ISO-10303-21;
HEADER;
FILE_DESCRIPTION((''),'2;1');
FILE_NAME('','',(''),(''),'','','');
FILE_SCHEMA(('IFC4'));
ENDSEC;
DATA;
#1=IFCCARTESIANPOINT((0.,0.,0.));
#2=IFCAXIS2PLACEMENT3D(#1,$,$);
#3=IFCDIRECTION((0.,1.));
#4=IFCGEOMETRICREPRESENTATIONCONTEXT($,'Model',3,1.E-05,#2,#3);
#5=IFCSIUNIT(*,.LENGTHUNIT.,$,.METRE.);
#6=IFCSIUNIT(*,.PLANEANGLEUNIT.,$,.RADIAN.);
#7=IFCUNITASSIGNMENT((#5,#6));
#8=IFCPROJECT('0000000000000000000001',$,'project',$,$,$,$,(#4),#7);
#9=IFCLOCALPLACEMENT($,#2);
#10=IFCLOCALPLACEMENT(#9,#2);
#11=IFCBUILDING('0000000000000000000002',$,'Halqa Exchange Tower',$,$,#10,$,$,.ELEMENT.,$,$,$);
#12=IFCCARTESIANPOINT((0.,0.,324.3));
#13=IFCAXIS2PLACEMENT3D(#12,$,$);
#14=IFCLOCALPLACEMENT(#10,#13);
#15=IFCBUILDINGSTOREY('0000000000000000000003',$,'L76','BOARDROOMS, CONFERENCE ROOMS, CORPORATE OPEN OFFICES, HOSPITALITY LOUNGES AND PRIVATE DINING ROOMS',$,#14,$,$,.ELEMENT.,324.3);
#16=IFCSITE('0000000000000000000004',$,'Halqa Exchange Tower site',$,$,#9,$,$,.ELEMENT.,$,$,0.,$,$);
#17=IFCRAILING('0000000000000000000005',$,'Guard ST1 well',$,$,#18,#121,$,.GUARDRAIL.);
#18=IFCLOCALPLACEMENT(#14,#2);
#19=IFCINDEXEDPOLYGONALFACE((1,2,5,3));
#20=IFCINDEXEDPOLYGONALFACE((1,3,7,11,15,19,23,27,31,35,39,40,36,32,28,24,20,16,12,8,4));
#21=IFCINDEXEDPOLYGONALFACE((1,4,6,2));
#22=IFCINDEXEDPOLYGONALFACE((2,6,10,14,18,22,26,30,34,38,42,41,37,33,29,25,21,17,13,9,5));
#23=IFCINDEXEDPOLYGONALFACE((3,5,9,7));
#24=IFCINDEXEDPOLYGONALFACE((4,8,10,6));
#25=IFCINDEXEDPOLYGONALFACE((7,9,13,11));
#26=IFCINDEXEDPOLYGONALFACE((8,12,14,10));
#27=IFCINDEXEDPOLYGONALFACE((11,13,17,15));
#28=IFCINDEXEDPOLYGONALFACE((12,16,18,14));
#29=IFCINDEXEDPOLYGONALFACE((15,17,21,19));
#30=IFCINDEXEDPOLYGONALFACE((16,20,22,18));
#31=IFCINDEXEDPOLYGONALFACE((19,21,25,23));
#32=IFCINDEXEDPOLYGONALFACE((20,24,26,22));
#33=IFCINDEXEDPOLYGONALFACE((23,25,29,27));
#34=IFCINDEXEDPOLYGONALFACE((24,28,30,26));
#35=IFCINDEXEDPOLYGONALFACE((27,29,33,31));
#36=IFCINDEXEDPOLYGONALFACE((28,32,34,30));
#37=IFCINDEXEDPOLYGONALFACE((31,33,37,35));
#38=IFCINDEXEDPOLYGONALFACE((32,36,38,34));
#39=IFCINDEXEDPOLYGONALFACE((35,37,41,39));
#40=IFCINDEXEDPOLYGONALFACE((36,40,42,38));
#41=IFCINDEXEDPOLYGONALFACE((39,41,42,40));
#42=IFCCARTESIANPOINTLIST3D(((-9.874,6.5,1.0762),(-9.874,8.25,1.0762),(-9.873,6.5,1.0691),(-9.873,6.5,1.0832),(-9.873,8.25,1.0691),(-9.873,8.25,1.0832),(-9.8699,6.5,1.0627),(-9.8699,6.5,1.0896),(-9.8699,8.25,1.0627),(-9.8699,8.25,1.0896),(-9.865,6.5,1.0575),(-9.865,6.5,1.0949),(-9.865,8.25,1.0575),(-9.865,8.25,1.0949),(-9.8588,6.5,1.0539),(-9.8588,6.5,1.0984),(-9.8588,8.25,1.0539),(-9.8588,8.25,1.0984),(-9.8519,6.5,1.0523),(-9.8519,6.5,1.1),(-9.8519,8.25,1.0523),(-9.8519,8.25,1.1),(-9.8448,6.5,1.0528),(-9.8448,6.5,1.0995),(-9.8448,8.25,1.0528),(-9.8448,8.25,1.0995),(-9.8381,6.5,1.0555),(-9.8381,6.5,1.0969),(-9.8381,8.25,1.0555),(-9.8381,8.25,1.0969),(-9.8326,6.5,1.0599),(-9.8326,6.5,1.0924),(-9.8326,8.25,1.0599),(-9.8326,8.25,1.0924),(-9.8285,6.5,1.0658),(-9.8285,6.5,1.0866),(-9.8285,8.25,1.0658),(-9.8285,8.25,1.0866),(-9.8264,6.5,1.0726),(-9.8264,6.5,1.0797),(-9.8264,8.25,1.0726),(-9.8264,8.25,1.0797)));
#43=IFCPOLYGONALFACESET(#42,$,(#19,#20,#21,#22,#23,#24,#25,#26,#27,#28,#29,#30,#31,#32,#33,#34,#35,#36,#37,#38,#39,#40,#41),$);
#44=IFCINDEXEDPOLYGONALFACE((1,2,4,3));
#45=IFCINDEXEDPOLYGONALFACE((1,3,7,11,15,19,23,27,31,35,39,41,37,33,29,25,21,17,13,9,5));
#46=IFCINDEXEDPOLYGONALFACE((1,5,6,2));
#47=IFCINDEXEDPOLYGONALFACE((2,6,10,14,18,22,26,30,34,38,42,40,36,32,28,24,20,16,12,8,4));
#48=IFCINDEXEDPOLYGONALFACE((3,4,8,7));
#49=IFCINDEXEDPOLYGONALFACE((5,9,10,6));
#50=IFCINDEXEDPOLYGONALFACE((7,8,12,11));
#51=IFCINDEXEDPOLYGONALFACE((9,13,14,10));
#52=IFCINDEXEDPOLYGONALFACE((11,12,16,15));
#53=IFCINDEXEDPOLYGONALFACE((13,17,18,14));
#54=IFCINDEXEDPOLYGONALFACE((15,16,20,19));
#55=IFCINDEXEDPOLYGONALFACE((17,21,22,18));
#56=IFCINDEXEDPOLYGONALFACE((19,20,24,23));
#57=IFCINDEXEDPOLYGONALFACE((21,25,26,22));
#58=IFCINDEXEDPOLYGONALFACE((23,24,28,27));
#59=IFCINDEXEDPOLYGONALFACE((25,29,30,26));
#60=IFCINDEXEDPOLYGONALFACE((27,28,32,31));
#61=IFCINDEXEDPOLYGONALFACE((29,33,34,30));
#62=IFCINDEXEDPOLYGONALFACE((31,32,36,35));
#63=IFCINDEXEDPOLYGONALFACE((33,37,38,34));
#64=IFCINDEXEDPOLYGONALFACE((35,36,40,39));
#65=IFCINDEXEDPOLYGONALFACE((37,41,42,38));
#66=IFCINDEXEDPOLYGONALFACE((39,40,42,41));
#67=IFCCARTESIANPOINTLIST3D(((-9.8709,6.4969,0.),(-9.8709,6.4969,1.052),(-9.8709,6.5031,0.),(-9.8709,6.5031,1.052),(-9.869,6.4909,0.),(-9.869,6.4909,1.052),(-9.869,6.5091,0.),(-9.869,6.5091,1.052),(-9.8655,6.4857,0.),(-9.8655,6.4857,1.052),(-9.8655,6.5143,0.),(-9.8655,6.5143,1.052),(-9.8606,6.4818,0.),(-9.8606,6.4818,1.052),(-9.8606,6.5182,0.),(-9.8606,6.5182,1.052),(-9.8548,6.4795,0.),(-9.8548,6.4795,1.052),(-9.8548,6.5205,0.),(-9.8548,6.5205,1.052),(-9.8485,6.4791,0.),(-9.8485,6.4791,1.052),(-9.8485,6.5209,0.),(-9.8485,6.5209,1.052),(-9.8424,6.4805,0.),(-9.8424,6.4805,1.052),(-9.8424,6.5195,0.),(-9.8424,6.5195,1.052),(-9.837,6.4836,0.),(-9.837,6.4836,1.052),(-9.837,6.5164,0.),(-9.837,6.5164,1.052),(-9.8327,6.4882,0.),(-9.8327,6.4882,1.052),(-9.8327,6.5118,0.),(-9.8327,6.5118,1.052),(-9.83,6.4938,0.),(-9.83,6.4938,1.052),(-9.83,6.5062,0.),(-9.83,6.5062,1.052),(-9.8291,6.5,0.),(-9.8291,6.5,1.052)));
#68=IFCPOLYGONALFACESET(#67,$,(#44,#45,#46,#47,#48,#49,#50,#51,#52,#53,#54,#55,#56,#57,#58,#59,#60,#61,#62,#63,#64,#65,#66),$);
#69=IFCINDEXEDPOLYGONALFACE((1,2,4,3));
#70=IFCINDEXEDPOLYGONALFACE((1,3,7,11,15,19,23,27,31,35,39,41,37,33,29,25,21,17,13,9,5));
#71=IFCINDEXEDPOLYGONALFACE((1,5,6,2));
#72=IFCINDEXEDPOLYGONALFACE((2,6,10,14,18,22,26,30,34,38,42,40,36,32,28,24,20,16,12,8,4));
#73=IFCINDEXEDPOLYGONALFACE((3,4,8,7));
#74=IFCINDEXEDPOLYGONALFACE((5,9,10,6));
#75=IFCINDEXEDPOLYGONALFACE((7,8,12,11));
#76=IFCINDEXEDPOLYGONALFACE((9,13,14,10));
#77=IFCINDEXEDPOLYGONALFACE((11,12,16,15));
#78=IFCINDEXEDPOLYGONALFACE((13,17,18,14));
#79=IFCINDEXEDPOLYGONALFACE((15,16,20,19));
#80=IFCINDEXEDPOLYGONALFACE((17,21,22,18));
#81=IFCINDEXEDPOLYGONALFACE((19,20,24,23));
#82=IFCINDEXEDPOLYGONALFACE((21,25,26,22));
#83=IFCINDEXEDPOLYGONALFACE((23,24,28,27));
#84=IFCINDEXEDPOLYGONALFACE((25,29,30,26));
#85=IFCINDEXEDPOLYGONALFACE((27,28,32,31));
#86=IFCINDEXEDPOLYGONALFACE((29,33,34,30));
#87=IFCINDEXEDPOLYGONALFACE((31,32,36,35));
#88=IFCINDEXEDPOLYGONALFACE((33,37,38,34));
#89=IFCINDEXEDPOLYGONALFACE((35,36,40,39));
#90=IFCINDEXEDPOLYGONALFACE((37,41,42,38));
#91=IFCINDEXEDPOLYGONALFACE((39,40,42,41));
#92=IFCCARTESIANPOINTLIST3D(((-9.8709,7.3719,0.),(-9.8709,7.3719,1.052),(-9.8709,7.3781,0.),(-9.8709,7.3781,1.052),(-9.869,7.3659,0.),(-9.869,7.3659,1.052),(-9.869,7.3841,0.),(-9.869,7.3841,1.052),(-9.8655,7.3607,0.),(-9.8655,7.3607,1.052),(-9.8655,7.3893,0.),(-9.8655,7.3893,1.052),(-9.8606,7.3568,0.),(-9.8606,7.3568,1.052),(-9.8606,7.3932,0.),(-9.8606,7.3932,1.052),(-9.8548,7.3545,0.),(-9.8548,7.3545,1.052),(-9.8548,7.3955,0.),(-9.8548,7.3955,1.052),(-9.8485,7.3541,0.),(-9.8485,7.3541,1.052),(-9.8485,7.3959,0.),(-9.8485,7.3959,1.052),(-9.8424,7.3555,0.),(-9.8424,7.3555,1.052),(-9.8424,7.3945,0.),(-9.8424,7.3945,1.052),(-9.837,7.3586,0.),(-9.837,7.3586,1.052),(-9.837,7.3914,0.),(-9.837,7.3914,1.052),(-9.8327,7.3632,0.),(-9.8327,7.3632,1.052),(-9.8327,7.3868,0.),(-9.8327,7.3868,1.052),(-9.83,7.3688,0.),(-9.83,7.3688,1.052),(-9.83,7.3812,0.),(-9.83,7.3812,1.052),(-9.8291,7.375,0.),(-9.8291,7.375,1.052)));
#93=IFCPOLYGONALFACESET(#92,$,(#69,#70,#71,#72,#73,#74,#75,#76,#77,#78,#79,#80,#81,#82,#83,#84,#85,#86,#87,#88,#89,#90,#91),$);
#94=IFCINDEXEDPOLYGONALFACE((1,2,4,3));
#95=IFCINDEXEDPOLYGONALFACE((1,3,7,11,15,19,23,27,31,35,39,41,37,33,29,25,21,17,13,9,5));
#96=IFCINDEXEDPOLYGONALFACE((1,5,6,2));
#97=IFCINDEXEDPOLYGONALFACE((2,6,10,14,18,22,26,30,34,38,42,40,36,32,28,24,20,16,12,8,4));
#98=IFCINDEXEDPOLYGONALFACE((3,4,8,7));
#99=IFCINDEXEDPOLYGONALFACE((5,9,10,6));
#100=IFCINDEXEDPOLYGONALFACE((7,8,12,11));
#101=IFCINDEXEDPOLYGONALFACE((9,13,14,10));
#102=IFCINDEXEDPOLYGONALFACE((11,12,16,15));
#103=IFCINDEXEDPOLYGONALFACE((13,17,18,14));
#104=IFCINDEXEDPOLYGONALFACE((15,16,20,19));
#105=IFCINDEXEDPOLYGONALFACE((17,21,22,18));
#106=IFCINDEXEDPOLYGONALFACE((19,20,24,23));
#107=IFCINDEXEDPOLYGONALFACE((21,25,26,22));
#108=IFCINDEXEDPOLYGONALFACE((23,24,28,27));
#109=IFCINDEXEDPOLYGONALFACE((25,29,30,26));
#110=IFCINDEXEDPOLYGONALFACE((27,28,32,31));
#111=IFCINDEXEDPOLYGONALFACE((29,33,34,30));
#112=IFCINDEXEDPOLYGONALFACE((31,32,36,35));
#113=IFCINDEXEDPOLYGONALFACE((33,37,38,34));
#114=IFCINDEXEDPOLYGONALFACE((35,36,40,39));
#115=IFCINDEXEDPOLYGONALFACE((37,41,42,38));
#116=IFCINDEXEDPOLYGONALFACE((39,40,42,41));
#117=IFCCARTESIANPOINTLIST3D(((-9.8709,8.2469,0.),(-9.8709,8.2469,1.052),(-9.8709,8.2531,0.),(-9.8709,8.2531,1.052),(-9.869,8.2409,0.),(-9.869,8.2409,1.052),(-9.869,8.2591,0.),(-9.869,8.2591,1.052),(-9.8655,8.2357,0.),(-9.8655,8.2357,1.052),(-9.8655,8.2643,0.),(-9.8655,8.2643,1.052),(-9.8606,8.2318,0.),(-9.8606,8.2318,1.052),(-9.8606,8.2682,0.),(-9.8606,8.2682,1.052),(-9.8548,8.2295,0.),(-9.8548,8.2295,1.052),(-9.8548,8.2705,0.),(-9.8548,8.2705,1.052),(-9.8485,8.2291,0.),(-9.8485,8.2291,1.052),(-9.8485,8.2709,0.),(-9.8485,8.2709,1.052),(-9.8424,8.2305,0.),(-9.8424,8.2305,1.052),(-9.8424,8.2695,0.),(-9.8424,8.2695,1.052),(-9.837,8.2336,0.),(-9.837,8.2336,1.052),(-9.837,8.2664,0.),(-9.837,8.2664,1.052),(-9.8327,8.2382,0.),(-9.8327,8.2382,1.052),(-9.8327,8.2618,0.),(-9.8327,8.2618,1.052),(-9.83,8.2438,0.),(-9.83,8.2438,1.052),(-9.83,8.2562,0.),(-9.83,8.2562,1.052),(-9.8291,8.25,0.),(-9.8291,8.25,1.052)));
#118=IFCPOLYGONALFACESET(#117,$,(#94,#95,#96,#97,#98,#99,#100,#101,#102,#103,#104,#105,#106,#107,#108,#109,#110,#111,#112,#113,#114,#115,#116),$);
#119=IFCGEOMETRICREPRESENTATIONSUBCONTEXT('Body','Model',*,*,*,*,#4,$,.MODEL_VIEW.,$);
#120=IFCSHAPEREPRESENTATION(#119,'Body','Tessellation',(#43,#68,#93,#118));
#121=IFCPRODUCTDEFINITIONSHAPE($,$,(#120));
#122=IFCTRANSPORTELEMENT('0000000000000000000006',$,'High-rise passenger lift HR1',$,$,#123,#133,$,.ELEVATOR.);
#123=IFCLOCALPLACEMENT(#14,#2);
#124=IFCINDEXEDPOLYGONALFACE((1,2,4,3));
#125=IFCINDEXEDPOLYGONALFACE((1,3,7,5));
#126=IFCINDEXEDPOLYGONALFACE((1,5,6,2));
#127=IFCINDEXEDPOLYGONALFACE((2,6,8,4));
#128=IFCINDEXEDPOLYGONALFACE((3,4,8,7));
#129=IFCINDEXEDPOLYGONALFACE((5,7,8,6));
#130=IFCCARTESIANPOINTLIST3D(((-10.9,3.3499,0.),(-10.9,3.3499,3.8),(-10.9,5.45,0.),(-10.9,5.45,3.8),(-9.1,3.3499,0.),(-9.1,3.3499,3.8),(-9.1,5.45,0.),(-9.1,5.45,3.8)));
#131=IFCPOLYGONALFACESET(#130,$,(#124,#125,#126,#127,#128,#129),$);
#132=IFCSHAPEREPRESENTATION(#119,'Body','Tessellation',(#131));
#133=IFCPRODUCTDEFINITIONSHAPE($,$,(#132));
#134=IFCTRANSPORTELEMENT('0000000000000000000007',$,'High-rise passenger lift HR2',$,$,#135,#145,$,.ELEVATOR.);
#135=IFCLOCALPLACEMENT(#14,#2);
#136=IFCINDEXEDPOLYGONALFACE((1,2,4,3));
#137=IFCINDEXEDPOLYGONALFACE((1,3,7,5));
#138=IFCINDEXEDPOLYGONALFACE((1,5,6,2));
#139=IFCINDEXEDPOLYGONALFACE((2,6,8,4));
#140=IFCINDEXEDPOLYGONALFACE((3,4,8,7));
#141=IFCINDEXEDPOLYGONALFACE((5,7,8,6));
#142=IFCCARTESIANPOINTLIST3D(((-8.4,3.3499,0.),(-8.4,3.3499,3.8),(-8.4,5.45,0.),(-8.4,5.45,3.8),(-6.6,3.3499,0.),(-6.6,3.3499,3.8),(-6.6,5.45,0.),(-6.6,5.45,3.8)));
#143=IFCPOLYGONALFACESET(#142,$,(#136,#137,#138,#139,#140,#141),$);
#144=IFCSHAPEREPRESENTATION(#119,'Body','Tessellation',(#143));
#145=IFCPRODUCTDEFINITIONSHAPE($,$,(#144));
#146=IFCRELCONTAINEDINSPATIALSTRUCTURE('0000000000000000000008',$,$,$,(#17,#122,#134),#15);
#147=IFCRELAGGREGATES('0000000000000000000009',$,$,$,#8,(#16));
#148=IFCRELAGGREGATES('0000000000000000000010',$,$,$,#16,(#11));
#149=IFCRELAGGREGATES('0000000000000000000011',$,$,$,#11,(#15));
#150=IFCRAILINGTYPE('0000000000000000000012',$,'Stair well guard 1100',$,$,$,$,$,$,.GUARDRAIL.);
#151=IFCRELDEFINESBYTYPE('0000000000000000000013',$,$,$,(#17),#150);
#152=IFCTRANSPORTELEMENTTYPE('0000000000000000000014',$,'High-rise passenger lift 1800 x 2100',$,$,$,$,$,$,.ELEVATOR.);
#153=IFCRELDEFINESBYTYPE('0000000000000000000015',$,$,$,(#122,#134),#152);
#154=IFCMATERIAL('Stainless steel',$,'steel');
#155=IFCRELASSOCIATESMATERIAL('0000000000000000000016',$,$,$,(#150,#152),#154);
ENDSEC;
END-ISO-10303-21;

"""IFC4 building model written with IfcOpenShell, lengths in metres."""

from ifc_helpers import new_model, si_unit, direction, frame, origin, origin_2d, place, context, subcontext, project, spatial, rectangle, circle, extrude, material, type_object, element, save


model = new_model("IFC4")

# Units and contexts
model_context = context("Model", 3, precision=1e-05, world=origin(), true_north=direction((0.0, 1.0)))
body_context = subcontext(model_context, "Body", "Model", "MODEL_VIEW")
ifc_project = project(units=[si_unit("LENGTHUNIT", "METRE"), si_unit("PLANEANGLEUNIT", "RADIAN")], contexts=[model_context])

# Site, building, storey
site_placement = place(None, origin())
site = spatial("IfcSite", under=ifc_project, at=site_placement, Name="Halqa Exchange Tower site", CompositionType="ELEMENT", RefElevation=0.0)
building_placement = place(site_placement, origin())
building = spatial("IfcBuilding", under=site, at=building_placement, Name="Halqa Exchange Tower", CompositionType="ELEMENT")
storey_placement = place(building_placement, frame((0.0, 0.0, 324.3)))
storey = spatial("IfcBuildingStorey", under=building, at=storey_placement, Name="L76", Description="BOARDROOMS, CONFERENCE ROOMS, CORPORATE OPEN OFFICES, HOSPITALITY LOUNGES AND PRIVATE DINING ROOMS", CompositionType="ELEMENT", Elevation=324.3)

# Shared definitions
ifc_material_1 = material(Name="Stainless steel", Category="steel")

# Railing
railing_type_1 = type_object("IfcRailingType", Name="Stair well guard 1100", PredefinedType="GUARDRAIL", material=ifc_material_1)
railing_1_placement = place(storey_placement, frame((-9.8501, 6.5, 0.0)))
element("IfcRailing", 1, at=railing_1_placement, inside=storey, type_object=railing_type_1, Name="Guard ST1 well", PredefinedType="GUARDRAIL", context=body_context, shape_type="SweptSolid", body=[
    extrude(circle(Radius=0.0239, at=origin_2d()), frame((0.0, 0.0, 1.0762), z_axis=(0.0, 1.0, 0.0), x_axis=(-1.0, 0.0, 0.0)), (0.0, 0.0, 1.0), 1.75),
    extrude(circle(Radius=0.021, at=origin_2d()), origin(), (0.0, 0.0, 1.0), 1.052),
    extrude(circle(Radius=0.021, at=origin_2d()), frame((0.0, 0.875, 0.0)), (0.0, 0.0, 1.0), 1.052),
    extrude(circle(Radius=0.021, at=origin_2d()), frame((0.0, 1.75, 0.0)), (0.0, 0.0, 1.0), 1.052),
])

# Transport elements
transport_element_type = type_object("IfcTransportElementType", Name="High-rise passenger lift 1800 x 2100", PredefinedType="ELEVATOR", material=ifc_material_1)
for number, where, z_axis, x_axis, name in (
    (2, (-10.0, 4.3999, 0.0), (0.0, 0.0, 1.0), (1.0, 0.0, 0.0), "High-rise passenger lift HR1"),
    (3, (-7.5, 4.3999, 0.0), (0.0, 0.0, 1.0), (1.0, 0.0, 0.0), "High-rise passenger lift HR2"),
):
    element("IfcTransportElement", number, at=place(storey_placement, frame(where, z_axis=z_axis, x_axis=x_axis)), inside=storey, type_object=transport_element_type, Name=name, PredefinedType="ELEVATOR", context=body_context, shape_type="SweptSolid", body=[
        extrude(rectangle(XDim=1.8, YDim=2.1001, at=origin_2d()), origin(), (0.0, 0.0, 1.0), 3.8),
    ])

save(model, "model.ifc")
